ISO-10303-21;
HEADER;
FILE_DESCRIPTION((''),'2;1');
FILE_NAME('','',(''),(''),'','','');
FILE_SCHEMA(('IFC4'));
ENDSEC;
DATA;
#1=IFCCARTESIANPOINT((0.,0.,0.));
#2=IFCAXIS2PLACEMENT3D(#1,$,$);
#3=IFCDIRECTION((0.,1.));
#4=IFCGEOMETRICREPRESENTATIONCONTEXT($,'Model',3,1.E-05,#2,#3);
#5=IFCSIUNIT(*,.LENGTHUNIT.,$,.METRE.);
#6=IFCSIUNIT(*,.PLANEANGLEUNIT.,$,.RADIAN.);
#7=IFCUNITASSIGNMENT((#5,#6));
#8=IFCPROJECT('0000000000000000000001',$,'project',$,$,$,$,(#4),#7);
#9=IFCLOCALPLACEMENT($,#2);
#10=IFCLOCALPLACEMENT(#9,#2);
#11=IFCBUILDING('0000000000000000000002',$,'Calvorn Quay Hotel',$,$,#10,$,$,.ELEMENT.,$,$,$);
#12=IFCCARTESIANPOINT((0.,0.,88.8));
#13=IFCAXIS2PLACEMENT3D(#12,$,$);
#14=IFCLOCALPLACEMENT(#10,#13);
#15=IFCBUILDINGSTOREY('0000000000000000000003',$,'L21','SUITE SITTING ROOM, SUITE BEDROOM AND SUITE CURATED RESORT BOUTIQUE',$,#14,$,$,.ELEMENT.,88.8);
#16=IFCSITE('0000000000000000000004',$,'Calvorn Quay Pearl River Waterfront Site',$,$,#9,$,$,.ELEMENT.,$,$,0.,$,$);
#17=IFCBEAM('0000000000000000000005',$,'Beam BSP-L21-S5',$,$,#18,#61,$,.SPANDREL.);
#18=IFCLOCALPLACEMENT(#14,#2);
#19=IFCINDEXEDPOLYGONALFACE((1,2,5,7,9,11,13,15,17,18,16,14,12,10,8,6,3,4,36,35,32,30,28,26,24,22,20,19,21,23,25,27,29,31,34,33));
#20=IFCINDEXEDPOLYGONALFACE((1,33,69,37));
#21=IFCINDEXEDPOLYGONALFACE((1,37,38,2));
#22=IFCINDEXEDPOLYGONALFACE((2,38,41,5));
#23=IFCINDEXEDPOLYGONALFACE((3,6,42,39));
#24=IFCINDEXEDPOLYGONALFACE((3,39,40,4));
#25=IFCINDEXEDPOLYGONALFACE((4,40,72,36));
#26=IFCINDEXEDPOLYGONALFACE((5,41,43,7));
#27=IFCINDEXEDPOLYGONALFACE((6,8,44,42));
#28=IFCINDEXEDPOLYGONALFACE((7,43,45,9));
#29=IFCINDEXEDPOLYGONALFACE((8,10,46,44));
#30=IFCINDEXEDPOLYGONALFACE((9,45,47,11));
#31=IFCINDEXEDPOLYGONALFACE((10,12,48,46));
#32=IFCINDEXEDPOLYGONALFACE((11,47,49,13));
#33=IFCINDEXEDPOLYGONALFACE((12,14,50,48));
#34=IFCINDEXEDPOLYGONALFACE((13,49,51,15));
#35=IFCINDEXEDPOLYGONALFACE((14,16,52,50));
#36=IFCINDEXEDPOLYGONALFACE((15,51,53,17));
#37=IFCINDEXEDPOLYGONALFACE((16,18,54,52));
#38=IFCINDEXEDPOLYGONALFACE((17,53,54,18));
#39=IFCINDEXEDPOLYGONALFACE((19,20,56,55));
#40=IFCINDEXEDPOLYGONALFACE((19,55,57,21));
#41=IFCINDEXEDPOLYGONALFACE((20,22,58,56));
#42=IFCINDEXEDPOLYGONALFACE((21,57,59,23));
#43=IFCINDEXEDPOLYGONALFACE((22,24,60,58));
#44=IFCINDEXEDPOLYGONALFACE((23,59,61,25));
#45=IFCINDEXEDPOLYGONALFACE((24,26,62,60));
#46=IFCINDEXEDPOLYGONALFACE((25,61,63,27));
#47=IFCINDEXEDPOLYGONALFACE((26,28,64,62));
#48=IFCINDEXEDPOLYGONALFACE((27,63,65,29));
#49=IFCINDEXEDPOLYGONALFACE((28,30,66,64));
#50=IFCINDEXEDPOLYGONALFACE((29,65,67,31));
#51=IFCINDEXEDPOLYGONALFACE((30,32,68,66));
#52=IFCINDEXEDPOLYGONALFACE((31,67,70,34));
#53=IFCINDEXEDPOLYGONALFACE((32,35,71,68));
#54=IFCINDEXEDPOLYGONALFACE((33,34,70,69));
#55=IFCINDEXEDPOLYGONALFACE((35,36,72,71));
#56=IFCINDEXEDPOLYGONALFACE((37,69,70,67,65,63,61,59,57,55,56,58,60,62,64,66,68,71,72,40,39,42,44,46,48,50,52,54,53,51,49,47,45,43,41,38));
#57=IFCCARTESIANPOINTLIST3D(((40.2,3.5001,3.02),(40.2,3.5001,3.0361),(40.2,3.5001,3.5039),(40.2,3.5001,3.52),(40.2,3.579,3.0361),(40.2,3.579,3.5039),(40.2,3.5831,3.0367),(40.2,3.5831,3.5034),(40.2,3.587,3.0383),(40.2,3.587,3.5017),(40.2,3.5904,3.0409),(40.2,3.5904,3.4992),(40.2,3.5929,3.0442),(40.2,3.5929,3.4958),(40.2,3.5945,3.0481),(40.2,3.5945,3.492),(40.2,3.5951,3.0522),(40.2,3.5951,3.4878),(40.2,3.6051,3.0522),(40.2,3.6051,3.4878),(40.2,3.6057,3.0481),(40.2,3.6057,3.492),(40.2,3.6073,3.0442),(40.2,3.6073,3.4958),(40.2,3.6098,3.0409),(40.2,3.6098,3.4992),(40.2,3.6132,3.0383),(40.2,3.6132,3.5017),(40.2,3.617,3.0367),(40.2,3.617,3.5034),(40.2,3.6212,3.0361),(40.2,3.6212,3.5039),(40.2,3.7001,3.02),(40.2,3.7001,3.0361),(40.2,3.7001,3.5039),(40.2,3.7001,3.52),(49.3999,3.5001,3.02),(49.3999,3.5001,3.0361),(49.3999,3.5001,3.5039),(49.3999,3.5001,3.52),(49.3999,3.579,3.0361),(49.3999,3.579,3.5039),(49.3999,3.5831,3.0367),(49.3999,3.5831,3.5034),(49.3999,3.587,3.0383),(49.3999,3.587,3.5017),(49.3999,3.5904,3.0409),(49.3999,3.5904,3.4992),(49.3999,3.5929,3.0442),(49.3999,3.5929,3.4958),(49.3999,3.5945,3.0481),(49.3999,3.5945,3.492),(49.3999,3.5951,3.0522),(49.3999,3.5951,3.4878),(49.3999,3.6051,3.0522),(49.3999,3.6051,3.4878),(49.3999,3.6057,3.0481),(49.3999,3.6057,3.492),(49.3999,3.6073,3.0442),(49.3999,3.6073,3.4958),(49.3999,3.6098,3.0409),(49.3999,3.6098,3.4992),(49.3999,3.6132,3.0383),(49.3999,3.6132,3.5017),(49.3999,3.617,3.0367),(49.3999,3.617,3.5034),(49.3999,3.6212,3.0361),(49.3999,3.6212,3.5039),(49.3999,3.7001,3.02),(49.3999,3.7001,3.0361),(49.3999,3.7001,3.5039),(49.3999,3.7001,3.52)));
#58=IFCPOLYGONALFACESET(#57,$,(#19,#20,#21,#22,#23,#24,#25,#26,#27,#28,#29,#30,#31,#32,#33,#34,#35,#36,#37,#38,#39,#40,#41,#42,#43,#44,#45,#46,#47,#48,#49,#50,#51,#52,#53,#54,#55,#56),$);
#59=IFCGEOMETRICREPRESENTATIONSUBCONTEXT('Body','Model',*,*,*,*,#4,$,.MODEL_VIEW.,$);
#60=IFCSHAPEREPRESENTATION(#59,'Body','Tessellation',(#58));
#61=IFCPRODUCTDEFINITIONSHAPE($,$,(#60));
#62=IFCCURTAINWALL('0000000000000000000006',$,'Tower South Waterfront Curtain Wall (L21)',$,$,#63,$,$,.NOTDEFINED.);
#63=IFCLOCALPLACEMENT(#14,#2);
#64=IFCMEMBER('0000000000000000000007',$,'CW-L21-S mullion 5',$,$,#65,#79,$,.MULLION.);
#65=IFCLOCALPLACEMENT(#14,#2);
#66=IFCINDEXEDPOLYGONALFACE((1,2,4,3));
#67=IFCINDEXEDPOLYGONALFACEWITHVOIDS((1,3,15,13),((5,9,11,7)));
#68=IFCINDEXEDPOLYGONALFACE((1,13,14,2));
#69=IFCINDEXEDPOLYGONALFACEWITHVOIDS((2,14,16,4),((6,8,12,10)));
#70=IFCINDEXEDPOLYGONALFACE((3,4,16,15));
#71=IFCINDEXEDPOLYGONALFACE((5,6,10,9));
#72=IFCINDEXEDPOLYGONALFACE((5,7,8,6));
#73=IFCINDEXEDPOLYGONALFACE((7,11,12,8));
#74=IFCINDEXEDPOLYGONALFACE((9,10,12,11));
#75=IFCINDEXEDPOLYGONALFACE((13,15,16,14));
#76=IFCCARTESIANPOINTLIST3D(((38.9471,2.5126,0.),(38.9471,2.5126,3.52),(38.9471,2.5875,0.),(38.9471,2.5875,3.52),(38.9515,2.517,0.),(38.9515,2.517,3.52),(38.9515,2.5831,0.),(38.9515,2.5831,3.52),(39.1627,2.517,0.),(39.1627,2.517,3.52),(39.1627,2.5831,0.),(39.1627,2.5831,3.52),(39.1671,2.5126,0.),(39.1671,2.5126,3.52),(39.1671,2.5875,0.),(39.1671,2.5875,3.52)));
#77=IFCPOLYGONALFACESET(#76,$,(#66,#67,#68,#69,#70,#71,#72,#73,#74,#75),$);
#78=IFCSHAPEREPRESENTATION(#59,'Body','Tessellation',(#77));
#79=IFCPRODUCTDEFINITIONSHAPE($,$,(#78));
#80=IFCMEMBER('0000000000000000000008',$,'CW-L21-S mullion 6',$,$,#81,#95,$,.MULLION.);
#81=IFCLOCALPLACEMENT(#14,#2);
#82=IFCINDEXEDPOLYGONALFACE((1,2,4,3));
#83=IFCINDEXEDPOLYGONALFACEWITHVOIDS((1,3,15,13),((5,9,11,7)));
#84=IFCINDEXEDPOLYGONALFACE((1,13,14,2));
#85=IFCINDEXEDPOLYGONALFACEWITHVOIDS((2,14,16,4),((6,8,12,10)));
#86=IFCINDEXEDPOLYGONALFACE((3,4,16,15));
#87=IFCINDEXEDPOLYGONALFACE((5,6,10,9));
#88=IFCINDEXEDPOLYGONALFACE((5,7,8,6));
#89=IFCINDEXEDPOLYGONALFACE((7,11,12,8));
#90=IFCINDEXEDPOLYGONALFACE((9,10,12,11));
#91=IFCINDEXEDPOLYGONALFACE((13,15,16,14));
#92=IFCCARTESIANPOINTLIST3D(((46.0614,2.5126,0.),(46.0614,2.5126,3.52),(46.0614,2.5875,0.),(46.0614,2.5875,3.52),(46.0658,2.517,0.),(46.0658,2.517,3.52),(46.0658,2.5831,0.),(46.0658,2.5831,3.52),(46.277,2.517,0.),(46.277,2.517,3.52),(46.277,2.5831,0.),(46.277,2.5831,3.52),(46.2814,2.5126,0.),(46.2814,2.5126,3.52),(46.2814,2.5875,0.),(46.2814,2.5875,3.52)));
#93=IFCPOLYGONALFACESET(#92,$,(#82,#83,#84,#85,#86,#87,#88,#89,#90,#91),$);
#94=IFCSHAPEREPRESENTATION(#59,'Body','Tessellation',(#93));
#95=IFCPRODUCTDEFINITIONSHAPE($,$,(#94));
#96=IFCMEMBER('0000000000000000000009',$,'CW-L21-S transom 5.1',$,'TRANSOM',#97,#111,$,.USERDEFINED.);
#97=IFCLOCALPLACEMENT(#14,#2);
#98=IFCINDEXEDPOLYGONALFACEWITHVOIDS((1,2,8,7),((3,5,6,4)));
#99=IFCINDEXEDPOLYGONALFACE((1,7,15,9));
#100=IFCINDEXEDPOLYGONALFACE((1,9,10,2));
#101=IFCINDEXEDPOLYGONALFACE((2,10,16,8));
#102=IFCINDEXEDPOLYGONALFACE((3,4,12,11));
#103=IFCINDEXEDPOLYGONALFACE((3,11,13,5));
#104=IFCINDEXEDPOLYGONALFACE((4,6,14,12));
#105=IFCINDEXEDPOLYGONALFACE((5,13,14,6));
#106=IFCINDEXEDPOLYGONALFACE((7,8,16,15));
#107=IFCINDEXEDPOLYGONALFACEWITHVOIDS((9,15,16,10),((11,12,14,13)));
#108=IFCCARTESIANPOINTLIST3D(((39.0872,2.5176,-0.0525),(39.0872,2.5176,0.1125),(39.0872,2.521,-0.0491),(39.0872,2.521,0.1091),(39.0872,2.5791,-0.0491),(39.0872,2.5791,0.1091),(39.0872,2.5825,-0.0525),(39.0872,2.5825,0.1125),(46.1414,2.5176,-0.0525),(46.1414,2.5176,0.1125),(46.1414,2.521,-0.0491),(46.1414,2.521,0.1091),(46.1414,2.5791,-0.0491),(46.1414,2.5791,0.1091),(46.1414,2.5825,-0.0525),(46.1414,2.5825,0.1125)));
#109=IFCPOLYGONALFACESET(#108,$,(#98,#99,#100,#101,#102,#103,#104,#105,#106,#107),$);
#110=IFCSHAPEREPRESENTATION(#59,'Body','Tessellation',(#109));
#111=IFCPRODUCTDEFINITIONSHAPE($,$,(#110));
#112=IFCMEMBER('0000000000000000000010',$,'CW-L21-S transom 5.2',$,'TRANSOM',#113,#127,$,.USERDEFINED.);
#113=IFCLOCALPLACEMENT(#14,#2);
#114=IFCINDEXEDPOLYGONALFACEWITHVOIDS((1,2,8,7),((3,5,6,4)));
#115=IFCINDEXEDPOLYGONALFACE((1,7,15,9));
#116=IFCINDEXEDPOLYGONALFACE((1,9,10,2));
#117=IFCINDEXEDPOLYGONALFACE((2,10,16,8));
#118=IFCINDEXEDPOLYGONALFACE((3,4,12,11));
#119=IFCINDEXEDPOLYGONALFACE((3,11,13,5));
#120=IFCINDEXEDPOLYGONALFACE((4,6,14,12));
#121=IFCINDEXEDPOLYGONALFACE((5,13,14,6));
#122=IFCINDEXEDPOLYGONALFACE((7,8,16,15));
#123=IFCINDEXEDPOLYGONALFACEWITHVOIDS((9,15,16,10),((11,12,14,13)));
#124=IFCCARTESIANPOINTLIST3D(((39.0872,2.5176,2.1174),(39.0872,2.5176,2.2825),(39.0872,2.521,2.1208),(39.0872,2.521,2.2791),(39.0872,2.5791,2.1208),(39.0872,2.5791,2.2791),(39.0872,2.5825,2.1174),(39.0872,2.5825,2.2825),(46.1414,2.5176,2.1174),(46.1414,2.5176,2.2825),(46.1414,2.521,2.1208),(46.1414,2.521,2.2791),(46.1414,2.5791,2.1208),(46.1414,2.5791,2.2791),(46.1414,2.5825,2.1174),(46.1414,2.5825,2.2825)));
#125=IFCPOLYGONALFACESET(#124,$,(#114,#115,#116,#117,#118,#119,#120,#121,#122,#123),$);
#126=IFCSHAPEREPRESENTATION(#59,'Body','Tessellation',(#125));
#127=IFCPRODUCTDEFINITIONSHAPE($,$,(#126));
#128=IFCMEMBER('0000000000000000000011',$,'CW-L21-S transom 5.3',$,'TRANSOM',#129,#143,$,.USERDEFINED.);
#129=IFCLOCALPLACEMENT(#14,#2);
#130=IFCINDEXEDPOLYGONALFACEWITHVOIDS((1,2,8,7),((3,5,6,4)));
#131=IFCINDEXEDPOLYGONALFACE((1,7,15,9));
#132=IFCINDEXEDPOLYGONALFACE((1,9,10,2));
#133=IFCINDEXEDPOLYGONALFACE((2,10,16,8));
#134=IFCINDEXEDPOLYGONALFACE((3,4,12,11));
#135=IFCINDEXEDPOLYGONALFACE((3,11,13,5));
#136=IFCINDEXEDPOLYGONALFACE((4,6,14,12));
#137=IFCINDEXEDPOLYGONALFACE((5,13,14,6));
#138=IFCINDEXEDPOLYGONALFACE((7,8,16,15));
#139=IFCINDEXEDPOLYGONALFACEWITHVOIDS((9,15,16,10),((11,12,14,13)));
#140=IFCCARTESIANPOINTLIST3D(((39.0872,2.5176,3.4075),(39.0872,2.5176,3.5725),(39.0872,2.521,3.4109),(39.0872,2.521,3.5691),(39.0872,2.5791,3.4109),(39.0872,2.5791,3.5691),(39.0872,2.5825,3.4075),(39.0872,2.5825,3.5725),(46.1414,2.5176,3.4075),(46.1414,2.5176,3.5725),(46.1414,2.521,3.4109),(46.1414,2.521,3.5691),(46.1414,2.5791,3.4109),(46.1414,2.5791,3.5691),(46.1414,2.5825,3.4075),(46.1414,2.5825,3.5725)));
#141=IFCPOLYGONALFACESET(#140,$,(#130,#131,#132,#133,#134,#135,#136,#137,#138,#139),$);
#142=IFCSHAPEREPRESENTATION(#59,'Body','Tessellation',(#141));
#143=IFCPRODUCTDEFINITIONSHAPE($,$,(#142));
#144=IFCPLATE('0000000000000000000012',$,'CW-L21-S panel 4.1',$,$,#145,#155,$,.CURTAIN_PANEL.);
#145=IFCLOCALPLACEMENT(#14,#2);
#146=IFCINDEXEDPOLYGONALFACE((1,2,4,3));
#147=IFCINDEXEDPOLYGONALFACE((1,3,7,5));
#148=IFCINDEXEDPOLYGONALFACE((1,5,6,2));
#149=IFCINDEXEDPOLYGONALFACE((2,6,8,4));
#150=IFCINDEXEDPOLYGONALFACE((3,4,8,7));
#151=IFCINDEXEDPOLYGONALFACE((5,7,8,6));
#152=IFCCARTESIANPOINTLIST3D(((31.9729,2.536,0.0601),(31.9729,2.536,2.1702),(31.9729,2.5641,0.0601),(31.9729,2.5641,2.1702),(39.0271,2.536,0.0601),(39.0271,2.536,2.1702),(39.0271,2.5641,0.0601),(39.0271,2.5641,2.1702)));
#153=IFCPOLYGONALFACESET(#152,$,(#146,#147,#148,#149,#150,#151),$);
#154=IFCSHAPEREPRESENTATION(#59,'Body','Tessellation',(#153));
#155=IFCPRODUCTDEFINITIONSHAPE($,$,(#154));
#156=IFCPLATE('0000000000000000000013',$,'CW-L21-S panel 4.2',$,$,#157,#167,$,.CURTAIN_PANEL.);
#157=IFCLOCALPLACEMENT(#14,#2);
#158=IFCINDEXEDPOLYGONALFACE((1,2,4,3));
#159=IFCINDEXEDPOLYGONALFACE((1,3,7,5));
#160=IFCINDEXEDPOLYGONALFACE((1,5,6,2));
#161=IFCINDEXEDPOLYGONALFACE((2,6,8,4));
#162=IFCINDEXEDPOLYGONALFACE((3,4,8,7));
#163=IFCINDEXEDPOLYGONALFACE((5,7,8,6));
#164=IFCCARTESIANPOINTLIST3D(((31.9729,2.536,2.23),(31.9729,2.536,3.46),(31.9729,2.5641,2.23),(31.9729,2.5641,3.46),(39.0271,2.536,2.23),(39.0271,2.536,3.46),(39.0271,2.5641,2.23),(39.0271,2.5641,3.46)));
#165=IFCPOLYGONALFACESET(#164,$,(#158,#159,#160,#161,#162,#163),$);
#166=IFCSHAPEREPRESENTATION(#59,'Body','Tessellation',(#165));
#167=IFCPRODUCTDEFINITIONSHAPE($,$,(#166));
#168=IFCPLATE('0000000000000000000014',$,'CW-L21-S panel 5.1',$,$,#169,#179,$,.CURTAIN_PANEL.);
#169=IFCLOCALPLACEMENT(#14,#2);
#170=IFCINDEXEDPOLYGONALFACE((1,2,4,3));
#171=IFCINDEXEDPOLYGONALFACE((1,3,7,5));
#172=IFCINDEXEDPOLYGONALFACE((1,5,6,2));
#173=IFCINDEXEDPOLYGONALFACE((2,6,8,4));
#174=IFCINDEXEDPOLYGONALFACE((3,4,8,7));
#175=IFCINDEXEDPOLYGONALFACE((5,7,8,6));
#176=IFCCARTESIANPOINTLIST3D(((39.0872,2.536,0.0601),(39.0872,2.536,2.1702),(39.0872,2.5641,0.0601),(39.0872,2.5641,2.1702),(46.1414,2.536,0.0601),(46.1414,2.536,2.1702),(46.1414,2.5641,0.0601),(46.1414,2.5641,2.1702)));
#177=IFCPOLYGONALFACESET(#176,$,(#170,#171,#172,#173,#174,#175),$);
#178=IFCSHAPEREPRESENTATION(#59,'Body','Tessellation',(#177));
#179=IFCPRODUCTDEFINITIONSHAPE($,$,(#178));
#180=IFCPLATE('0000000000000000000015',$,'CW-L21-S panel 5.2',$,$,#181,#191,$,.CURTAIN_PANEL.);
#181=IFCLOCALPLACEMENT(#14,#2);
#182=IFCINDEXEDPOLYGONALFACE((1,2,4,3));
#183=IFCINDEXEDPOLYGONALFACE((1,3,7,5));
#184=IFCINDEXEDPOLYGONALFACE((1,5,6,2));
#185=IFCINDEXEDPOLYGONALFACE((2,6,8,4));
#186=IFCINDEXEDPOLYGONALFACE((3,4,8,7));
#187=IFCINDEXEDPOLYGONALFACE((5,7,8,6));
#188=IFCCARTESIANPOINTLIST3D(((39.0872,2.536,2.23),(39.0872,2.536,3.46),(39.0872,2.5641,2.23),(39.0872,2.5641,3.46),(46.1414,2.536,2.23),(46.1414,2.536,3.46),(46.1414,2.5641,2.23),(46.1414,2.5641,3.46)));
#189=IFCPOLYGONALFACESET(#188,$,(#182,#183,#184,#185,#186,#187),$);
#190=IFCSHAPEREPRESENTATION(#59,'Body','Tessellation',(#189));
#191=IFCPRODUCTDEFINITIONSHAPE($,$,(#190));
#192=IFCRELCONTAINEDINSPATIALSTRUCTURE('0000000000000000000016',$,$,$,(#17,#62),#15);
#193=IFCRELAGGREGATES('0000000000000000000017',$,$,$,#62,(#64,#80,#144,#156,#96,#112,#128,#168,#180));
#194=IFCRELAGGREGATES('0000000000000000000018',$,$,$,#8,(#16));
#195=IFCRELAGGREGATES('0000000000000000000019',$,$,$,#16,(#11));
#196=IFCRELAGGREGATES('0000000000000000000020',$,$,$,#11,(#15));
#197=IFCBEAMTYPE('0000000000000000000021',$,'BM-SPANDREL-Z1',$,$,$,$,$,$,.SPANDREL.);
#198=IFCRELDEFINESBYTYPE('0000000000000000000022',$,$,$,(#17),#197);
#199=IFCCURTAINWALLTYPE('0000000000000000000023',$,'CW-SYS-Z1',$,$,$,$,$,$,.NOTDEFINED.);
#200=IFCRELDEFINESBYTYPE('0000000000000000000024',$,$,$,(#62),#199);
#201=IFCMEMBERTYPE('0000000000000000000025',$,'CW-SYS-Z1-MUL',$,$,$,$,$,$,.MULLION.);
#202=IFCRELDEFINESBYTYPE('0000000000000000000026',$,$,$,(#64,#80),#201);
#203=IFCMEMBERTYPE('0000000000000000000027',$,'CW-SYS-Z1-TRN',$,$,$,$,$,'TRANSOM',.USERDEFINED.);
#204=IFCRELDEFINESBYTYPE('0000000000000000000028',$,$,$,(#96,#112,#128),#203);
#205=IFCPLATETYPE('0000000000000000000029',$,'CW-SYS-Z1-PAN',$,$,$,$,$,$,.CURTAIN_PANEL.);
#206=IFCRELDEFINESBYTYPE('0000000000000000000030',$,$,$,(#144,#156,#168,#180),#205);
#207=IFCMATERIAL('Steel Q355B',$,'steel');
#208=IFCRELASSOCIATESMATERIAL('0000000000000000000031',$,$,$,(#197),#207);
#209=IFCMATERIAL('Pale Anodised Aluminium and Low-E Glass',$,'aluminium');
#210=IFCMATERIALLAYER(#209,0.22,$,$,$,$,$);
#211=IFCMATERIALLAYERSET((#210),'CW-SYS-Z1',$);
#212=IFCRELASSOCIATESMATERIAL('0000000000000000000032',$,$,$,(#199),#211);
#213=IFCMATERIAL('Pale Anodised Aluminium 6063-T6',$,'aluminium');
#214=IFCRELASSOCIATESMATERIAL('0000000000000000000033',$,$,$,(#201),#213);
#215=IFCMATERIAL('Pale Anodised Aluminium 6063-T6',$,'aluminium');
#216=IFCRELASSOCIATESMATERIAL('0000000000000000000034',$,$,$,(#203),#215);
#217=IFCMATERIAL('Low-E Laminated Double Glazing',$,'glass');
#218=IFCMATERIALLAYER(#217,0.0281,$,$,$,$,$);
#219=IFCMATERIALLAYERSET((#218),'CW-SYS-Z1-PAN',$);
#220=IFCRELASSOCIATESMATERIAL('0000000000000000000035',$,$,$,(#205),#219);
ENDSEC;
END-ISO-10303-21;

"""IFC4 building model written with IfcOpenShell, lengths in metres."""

from ifc_helpers import new_model, si_unit, direction, frame, origin, origin_2d, place, context, subcontext, project, spatial, rectangle, hollow_rectangle, i_section, extrude, material, layer, layer_set, material_profile, profile_set, type_object, element, aggregate, save


model = new_model("IFC4")

# Units and contexts
model_context = context("Model", 3, precision=1e-05, world=origin(), true_north=direction((0.0, 1.0)))
body_context = subcontext(model_context, "Body", "Model", "MODEL_VIEW")
ifc_project = project(units=[si_unit("LENGTHUNIT", "METRE"), si_unit("PLANEANGLEUNIT", "RADIAN")], contexts=[model_context])

# Site, building, storey
site_placement = place(None, origin())
site = spatial("IfcSite", under=ifc_project, at=site_placement, Name="Calvorn Quay Pearl River Waterfront Site", CompositionType="ELEMENT", RefElevation=0.0)
building_placement = place(site_placement, origin())
building = spatial("IfcBuilding", under=site, at=building_placement, Name="Calvorn Quay Hotel", CompositionType="ELEMENT")
storey_placement = place(building_placement, frame((0.0, 0.0, 88.8)))
storey = spatial("IfcBuildingStorey", under=building, at=storey_placement, Name="L21", Description="SUITE SITTING ROOM, SUITE BEDROOM AND SUITE CURATED RESORT BOUTIQUE", CompositionType="ELEMENT", Elevation=88.8)

# Beam
ifc_material_1 = material(Name="Steel Q355B", Category="steel")
ifc_material_profile_1 = material_profile(ifc_material_1, i_section(OverallWidth=0.2, OverallDepth=0.5, WebThickness=0.01, FlangeThickness=0.0161, FilletRadius=0.0161, at=origin_2d()), Name="HN500x200x10x16")
ifc_profile_set_1 = profile_set([ifc_material_profile_1], Name="Steel Q355B")
beam_type_1 = type_object("IfcBeamType", Name="BM-SPANDREL-Z1", PredefinedType="SPANDREL", material=ifc_profile_set_1)
beam_1_placement = place(storey_placement, frame((40.2, 3.6001, 3.27), z_axis=(1.0, 0.0, 0.0), x_axis=(0.0, 1.0, 0.0)))
element("IfcBeam", 1, at=beam_1_placement, inside=storey, type_object=beam_type_1, Name="Beam BSP-L21-S5", PredefinedType="SPANDREL", context=body_context, shape_type="SweptSolid", body=[
    extrude(i_section(OverallWidth=0.2, OverallDepth=0.5, WebThickness=0.01, FlangeThickness=0.0161, FilletRadius=0.0161, at=origin_2d()), origin(), (0.0, 0.0, 1.0), 9.2),
])

# Curtain wall, members, plates
ifc_material_2 = material(Name="Pale Anodised Aluminium and Low-E Glass", Category="aluminium")
ifc_layer_1 = layer(ifc_material_2, 0.22)
ifc_layer_set_1 = layer_set([ifc_layer_1], Name="CW-SYS-Z1")
curtain_wall_type = type_object("IfcCurtainWallType", Name="CW-SYS-Z1", PredefinedType="NOTDEFINED", material=ifc_layer_set_1)
curtain_wall_placement = place(storey_placement, origin())
curtain_wall = element("IfcCurtainWall", 2, at=curtain_wall_placement, inside=storey, type_object=curtain_wall_type, Name="Tower South Waterfront Curtain Wall (L21)", PredefinedType="NOTDEFINED")
ifc_material_3 = material(Name="Pale Anodised Aluminium 6063-T6", Category="aluminium")
ifc_material_profile_2 = material_profile(ifc_material_3, hollow_rectangle(XDim=0.075, YDim=0.22, WallThickness=0.0044, at=origin_2d()), Name="ALU-M220x75x4.5")
ifc_profile_set_2 = profile_set([ifc_material_profile_2], Name="Pale Anodised Aluminium 6063-T6")
member_type_1 = type_object("IfcMemberType", Name="CW-SYS-Z1-MUL", PredefinedType="MULLION", material=ifc_profile_set_2)
member_1_placement = place(storey_placement, frame((39.0571, 2.55, 0.0), z_axis=(0.0, 0.0, 1.0), x_axis=(0.0, 1.0, 0.0)))
member_1 = element("IfcMember", 3, at=member_1_placement, type_object=member_type_1, Name="CW-L21-S mullion 5", PredefinedType="MULLION", context=body_context, shape_type="SweptSolid", body=[
    extrude(hollow_rectangle(XDim=0.075, YDim=0.22, WallThickness=0.0044, at=origin_2d()), origin(), (0.0, 0.0, 1.0), 3.52),
])
member_2_placement = place(storey_placement, frame((46.1714, 2.55, 0.0), z_axis=(0.0, 0.0, 1.0), x_axis=(0.0, 1.0, 0.0)))
member_2 = element("IfcMember", 4, at=member_2_placement, type_object=member_type_1, Name="CW-L21-S mullion 6", PredefinedType="MULLION", context=body_context, shape_type="SweptSolid", body=[
    extrude(hollow_rectangle(XDim=0.075, YDim=0.22, WallThickness=0.0044, at=origin_2d()), origin(), (0.0, 0.0, 1.0), 3.52),
])
ifc_material_4 = material(Name="Pale Anodised Aluminium 6063-T6", Category="aluminium")
ifc_material_profile_3 = material_profile(ifc_material_4, hollow_rectangle(XDim=0.0649, YDim=0.165, WallThickness=0.0034, at=origin_2d()), Name="ALU-T165x65x3.5")
ifc_profile_set_3 = profile_set([ifc_material_profile_3], Name="Pale Anodised Aluminium 6063-T6")
member_type_2 = type_object("IfcMemberType", Name="CW-SYS-Z1-TRN", ElementType="TRANSOM", PredefinedType="USERDEFINED", material=ifc_profile_set_3)
member_3_placement = place(storey_placement, frame((39.0872, 2.55, 0.03), z_axis=(1.0, 0.0, 0.0), x_axis=(0.0, 1.0, 0.0)))
member_3 = element("IfcMember", 5, at=member_3_placement, type_object=member_type_2, Name="CW-L21-S transom 5.1", ObjectType="TRANSOM", PredefinedType="USERDEFINED", context=body_context, shape_type="SweptSolid", body=[
    extrude(hollow_rectangle(XDim=0.0649, YDim=0.165, WallThickness=0.0034, at=origin_2d()), origin(), (0.0, 0.0, 1.0), 7.0542),
])
member_4_placement = place(storey_placement, frame((39.0872, 2.55, 2.2), z_axis=(1.0, 0.0, 0.0), x_axis=(0.0, 1.0, 0.0)))
member_4 = element("IfcMember", 6, at=member_4_placement, type_object=member_type_2, Name="CW-L21-S transom 5.2", ObjectType="TRANSOM", PredefinedType="USERDEFINED", context=body_context, shape_type="SweptSolid", body=[
    extrude(hollow_rectangle(XDim=0.0649, YDim=0.165, WallThickness=0.0034, at=origin_2d()), origin(), (0.0, 0.0, 1.0), 7.0542),
])
member_5_placement = place(storey_placement, frame((39.0872, 2.55, 3.49), z_axis=(1.0, 0.0, 0.0), x_axis=(0.0, 1.0, 0.0)))
member_5 = element("IfcMember", 7, at=member_5_placement, type_object=member_type_2, Name="CW-L21-S transom 5.3", ObjectType="TRANSOM", PredefinedType="USERDEFINED", context=body_context, shape_type="SweptSolid", body=[
    extrude(hollow_rectangle(XDim=0.0649, YDim=0.165, WallThickness=0.0034, at=origin_2d()), origin(), (0.0, 0.0, 1.0), 7.0542),
])
ifc_material_5 = material(Name="Low-E Laminated Double Glazing", Category="glass")
ifc_layer_2 = layer(ifc_material_5, 0.0281)
ifc_layer_set_2 = layer_set([ifc_layer_2], Name="CW-SYS-Z1-PAN")
plate_type = type_object("IfcPlateType", Name="CW-SYS-Z1-PAN", PredefinedType="CURTAIN_PANEL", material=ifc_layer_set_2)
plate_1_placement = place(storey_placement, frame((35.5, 2.55, 0.0601), z_axis=(0.0, 0.0, 1.0), x_axis=(1.0, 0.0, 0.0)))
plate_1 = element("IfcPlate", 8, at=plate_1_placement, type_object=plate_type, Name="CW-L21-S panel 4.1", PredefinedType="CURTAIN_PANEL", context=body_context, shape_type="SweptSolid", body=[
    extrude(rectangle(XDim=7.0542, YDim=0.0281, at=origin_2d()), origin(), (0.0, 0.0, 1.0), 2.1101),
])
plate_2_placement = place(storey_placement, frame((35.5, 2.55, 2.23), z_axis=(0.0, 0.0, 1.0), x_axis=(1.0, 0.0, 0.0)))
plate_2 = element("IfcPlate", 9, at=plate_2_placement, type_object=plate_type, Name="CW-L21-S panel 4.2", PredefinedType="CURTAIN_PANEL", context=body_context, shape_type="SweptSolid", body=[
    extrude(rectangle(XDim=7.0542, YDim=0.0281, at=origin_2d()), origin(), (0.0, 0.0, 1.0), 1.23),
])
plate_3_placement = place(storey_placement, frame((42.6143, 2.55, 0.0601), z_axis=(0.0, 0.0, 1.0), x_axis=(1.0, 0.0, 0.0)))
plate_3 = element("IfcPlate", 10, at=plate_3_placement, type_object=plate_type, Name="CW-L21-S panel 5.1", PredefinedType="CURTAIN_PANEL", context=body_context, shape_type="SweptSolid", body=[
    extrude(rectangle(XDim=7.0542, YDim=0.0281, at=origin_2d()), origin(), (0.0, 0.0, 1.0), 2.1101),
])
plate_4_placement = place(storey_placement, frame((42.6143, 2.55, 2.23), z_axis=(0.0, 0.0, 1.0), x_axis=(1.0, 0.0, 0.0)))
plate_4 = element("IfcPlate", 11, at=plate_4_placement, type_object=plate_type, Name="CW-L21-S panel 5.2", PredefinedType="CURTAIN_PANEL", context=body_context, shape_type="SweptSolid", body=[
    extrude(rectangle(XDim=7.0542, YDim=0.0281, at=origin_2d()), origin(), (0.0, 0.0, 1.0), 1.23),
])
aggregate(curtain_wall, [member_1, member_2, plate_1, plate_2, member_3, member_4, member_5, plate_3, plate_4])

save(model, "model.ifc")
